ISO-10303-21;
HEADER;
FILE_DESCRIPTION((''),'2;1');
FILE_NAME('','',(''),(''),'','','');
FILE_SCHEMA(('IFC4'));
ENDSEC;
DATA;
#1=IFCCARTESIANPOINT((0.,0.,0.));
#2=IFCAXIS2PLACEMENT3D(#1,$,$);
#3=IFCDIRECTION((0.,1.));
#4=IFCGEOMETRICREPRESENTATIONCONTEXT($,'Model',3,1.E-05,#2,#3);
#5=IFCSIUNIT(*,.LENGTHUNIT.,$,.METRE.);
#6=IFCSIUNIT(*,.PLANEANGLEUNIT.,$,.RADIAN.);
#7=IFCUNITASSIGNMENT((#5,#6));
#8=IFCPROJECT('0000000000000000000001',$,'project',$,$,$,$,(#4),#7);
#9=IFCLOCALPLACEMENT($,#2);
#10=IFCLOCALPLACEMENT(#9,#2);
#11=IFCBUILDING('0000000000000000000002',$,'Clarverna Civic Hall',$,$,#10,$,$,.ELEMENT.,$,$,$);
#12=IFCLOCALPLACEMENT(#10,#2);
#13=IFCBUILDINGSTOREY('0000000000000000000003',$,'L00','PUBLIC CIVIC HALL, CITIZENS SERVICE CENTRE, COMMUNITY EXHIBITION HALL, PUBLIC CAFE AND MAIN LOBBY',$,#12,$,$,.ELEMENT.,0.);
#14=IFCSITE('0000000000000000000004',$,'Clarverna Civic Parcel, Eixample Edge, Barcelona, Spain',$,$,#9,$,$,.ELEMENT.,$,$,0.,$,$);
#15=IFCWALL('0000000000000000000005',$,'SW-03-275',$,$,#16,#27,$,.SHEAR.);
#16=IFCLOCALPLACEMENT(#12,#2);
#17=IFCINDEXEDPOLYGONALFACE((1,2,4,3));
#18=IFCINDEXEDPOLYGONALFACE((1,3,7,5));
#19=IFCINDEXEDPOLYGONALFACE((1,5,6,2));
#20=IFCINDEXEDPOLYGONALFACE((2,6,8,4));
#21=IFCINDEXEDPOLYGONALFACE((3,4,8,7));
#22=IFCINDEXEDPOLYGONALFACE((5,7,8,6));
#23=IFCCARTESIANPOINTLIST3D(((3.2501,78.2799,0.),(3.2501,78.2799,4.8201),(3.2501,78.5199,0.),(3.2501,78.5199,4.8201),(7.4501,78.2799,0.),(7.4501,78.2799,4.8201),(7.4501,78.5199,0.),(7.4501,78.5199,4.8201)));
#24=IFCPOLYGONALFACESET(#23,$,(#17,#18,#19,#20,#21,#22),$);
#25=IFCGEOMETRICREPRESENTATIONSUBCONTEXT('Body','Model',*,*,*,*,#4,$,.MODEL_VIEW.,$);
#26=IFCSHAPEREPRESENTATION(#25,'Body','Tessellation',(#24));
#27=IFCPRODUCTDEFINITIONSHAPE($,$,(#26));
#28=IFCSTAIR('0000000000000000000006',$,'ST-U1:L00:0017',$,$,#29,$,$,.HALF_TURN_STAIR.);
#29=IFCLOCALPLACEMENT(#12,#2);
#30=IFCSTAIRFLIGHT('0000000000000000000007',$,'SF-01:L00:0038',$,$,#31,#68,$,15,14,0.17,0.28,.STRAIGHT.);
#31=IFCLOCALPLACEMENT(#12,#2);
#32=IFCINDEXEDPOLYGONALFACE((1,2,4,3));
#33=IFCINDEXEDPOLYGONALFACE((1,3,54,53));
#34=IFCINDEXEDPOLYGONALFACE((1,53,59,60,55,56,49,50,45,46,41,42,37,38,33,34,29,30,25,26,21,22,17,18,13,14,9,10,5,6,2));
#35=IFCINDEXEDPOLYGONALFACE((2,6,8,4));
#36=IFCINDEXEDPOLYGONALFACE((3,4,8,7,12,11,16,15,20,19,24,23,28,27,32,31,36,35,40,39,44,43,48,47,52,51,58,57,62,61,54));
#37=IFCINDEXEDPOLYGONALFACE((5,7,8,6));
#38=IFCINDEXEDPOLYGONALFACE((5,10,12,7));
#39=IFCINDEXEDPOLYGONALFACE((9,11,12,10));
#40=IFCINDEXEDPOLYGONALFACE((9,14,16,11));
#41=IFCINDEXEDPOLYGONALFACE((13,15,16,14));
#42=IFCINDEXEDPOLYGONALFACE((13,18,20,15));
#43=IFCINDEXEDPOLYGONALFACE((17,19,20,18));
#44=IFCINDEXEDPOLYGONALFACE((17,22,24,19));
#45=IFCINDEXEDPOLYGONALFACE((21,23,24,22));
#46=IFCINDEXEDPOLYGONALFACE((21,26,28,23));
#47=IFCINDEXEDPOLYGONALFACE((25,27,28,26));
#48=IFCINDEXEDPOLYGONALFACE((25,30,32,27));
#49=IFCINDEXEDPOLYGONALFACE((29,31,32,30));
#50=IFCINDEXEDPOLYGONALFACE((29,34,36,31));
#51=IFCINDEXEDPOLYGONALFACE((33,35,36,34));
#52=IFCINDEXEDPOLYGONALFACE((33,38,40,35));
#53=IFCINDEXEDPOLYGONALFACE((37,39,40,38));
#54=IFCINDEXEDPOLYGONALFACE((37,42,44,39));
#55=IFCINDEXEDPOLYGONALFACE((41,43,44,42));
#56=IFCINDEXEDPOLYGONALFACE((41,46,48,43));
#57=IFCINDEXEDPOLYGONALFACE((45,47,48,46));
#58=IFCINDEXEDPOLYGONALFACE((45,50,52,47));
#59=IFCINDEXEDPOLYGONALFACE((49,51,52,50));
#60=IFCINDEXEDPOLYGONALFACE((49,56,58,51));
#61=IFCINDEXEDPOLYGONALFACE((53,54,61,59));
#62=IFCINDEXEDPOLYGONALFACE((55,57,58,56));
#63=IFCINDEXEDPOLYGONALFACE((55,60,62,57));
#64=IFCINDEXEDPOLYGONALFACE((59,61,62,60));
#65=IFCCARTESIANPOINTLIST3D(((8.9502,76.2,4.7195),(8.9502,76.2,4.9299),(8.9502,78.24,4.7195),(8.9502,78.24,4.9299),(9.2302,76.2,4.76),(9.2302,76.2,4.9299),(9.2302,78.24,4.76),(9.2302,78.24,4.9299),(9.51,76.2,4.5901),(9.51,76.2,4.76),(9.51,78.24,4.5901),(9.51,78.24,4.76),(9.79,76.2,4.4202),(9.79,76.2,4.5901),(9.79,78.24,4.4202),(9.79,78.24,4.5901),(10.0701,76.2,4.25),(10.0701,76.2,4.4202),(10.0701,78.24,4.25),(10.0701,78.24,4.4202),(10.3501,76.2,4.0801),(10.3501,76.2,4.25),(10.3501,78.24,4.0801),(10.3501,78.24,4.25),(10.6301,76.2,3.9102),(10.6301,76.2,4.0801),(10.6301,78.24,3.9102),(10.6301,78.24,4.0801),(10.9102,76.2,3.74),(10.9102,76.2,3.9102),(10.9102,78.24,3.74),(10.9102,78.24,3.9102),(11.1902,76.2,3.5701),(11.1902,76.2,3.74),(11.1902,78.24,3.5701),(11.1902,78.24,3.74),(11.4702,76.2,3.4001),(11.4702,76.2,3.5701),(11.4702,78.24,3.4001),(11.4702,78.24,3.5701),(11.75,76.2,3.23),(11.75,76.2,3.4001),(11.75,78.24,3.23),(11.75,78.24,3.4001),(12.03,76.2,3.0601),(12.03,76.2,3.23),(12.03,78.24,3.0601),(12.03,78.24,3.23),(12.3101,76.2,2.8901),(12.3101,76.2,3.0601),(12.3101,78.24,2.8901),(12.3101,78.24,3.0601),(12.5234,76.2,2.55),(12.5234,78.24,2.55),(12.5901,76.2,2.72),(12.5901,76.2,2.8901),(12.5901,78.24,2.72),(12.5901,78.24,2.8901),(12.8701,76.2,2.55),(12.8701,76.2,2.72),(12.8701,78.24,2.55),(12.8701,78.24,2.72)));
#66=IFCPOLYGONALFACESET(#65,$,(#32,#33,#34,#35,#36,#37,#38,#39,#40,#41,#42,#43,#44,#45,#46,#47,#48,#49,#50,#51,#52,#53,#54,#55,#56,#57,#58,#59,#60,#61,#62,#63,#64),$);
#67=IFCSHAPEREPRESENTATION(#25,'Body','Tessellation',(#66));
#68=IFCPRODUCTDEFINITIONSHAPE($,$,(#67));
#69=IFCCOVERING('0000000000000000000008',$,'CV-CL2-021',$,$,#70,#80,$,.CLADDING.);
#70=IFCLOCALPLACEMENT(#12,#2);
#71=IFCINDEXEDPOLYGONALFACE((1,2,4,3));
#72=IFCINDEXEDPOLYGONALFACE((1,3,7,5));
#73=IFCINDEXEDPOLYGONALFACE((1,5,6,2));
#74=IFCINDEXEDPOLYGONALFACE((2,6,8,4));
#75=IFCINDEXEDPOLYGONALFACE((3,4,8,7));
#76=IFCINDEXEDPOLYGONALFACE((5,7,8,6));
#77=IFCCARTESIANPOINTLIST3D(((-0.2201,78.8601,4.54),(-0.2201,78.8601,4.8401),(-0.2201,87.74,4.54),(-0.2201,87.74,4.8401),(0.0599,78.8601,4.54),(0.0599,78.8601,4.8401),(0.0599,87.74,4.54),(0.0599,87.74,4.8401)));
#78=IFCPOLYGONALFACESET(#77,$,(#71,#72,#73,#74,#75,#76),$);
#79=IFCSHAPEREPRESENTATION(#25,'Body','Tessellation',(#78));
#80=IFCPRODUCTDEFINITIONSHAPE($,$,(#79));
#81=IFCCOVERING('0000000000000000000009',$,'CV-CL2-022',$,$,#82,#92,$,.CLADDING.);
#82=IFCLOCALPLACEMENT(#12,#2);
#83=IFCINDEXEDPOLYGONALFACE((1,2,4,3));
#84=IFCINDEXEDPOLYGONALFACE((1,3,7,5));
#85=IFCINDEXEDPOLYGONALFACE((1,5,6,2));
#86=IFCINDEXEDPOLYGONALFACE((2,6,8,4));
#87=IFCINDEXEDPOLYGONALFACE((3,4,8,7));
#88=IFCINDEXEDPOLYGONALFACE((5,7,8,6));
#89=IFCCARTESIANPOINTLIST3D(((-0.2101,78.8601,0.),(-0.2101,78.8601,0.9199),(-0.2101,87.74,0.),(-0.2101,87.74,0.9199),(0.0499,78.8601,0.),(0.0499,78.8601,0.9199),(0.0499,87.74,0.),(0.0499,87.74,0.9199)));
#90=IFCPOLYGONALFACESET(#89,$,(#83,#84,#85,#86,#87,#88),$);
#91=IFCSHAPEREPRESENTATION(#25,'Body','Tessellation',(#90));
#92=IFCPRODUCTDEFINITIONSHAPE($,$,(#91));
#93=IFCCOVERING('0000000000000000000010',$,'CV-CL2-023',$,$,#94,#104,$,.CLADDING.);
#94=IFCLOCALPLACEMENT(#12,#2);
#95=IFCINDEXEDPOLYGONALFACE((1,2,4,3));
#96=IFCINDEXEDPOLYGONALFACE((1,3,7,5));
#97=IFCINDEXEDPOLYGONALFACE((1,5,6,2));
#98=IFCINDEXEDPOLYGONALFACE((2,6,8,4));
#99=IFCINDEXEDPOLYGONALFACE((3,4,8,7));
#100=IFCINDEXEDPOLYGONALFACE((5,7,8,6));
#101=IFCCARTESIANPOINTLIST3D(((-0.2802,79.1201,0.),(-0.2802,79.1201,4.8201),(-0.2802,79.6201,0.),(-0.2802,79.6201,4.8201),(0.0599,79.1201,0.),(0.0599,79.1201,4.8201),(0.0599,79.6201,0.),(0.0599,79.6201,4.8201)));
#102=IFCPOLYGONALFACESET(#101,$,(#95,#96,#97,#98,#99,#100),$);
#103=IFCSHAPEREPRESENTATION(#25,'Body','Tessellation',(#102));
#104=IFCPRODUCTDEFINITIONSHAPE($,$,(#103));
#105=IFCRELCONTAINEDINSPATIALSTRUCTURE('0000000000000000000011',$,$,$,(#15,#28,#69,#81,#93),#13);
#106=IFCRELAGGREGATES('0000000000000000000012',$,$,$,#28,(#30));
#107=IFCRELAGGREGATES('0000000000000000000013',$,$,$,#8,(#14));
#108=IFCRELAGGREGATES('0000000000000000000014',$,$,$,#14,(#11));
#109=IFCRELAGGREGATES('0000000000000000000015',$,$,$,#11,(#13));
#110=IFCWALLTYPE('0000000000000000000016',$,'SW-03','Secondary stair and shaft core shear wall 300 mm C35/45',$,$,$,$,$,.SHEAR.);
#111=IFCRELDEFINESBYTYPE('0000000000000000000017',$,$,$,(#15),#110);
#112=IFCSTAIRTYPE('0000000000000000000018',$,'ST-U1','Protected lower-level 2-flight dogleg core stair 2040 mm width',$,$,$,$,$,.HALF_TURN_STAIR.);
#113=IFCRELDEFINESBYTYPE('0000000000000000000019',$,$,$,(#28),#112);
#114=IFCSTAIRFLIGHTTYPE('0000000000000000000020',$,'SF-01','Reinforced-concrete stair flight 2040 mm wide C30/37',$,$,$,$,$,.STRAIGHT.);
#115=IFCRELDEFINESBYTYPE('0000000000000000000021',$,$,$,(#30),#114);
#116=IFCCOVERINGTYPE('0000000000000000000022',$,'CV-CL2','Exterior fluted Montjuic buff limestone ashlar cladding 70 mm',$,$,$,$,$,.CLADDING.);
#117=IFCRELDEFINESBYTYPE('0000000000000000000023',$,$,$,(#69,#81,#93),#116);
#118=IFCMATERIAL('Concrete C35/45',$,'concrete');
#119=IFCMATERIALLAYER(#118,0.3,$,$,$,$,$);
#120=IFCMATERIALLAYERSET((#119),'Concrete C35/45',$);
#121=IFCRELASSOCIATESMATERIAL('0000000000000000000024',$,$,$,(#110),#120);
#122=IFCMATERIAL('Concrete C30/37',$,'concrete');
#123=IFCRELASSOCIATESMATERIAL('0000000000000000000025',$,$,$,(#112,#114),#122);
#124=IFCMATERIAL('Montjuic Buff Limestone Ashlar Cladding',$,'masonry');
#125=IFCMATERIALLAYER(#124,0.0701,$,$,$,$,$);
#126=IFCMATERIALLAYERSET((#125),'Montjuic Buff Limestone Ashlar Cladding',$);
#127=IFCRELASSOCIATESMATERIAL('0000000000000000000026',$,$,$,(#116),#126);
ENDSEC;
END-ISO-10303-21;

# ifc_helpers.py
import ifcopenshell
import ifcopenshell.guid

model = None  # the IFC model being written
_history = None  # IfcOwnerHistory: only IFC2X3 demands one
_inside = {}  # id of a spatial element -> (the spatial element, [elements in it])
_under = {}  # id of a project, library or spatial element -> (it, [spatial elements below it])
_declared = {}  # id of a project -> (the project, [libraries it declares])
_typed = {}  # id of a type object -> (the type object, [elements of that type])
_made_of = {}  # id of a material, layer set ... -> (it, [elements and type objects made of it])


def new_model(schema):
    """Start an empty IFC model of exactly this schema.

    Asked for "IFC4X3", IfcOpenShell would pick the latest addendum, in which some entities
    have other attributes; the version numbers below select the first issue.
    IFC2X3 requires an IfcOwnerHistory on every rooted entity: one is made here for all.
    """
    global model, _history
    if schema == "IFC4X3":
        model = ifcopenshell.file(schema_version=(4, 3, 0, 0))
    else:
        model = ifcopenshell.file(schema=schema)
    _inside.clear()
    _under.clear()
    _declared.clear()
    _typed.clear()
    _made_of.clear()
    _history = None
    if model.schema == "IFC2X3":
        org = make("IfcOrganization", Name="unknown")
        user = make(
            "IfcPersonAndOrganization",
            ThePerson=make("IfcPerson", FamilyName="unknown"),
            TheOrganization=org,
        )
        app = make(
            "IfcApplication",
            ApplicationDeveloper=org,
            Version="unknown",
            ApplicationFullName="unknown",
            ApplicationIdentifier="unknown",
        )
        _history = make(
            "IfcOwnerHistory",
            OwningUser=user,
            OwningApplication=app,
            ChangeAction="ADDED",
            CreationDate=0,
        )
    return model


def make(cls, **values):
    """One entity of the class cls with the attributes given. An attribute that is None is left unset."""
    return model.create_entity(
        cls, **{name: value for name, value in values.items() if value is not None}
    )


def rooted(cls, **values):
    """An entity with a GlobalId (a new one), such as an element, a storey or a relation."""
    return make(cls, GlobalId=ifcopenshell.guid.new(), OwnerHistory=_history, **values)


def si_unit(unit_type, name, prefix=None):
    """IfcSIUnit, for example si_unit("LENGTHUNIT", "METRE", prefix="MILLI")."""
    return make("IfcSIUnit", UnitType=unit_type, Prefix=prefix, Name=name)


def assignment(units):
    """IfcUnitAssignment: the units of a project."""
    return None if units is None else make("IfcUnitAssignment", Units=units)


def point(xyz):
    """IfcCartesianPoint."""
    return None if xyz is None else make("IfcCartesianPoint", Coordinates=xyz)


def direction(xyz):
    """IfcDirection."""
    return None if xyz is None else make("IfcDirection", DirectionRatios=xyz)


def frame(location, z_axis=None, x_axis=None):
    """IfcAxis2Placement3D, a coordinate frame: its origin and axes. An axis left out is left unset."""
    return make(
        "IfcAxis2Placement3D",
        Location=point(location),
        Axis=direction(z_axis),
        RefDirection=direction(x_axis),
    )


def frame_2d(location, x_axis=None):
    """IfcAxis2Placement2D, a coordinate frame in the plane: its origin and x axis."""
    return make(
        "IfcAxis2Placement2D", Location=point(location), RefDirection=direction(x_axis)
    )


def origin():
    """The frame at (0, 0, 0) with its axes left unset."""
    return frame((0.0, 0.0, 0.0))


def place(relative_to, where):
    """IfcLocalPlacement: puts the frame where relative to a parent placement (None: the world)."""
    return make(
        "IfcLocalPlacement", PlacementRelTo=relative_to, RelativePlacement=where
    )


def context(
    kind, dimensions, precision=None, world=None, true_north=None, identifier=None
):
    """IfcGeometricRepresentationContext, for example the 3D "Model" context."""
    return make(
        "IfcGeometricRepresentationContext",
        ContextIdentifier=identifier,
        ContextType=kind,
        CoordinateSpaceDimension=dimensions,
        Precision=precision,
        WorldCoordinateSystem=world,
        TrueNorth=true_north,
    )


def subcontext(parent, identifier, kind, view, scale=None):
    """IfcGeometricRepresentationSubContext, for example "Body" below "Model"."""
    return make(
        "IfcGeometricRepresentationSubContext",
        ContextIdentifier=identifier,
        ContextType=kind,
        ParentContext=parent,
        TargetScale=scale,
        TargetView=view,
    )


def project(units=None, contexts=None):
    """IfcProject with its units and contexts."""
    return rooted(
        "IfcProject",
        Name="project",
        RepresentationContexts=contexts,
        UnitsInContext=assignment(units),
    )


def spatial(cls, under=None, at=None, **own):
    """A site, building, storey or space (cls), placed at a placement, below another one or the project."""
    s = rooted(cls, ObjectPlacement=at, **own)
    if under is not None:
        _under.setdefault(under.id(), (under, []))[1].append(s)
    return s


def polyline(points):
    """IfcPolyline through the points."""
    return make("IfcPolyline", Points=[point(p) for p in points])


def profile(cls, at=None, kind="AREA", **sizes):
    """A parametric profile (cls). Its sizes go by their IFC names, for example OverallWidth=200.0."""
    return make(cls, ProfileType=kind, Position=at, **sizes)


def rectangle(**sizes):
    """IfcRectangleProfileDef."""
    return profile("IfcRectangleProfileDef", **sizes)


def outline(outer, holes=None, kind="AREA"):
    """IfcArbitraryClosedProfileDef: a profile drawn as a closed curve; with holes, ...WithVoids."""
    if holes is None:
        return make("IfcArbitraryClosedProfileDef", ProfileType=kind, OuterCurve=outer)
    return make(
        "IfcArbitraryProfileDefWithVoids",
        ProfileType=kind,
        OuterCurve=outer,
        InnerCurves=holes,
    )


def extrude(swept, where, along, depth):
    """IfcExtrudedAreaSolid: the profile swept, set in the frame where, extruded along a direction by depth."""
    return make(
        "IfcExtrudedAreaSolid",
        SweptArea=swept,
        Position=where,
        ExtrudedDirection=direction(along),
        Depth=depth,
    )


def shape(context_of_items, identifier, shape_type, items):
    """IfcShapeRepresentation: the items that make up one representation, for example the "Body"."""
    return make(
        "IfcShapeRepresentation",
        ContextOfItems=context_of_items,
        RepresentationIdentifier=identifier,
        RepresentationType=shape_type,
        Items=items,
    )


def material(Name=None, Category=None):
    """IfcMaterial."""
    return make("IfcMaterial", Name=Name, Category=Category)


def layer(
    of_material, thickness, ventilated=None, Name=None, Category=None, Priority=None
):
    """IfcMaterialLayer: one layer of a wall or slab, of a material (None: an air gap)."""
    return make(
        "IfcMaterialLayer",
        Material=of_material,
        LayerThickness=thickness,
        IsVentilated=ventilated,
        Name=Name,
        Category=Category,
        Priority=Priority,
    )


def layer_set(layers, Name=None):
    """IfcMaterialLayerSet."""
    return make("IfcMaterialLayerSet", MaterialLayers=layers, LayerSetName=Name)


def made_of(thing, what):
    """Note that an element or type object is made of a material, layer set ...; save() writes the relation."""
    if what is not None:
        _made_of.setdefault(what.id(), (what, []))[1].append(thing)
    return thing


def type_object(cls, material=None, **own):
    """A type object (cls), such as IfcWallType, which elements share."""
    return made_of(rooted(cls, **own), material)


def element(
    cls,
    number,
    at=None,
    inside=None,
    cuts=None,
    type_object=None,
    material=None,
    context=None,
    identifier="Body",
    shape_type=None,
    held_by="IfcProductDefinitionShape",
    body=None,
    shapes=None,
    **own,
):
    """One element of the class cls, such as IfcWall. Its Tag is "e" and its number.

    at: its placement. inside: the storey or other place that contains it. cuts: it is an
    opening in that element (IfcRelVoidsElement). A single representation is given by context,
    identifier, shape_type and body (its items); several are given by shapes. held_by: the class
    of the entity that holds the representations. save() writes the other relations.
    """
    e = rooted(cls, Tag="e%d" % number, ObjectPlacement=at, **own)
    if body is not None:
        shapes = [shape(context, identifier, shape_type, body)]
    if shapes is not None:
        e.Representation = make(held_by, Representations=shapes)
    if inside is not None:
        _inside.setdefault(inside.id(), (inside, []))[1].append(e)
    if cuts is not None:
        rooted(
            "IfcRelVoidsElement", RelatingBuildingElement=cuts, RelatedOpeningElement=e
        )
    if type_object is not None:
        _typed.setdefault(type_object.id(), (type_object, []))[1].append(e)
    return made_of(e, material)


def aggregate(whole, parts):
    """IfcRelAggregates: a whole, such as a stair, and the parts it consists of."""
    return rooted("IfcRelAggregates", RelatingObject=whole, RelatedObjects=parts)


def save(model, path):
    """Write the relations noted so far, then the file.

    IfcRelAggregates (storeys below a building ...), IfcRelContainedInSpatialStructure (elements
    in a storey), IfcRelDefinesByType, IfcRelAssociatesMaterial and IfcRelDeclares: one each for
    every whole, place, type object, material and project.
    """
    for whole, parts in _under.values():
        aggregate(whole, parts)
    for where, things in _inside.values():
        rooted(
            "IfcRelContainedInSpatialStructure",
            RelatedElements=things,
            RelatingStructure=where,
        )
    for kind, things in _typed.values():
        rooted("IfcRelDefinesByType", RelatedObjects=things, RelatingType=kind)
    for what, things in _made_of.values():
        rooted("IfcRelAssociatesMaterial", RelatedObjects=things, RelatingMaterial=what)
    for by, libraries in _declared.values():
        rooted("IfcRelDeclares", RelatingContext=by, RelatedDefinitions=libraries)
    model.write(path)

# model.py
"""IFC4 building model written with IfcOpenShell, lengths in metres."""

from ifc_helpers import new_model, si_unit, direction, frame, frame_2d, origin, place, context, subcontext, project, spatial, polyline, rectangle, outline, extrude, material, layer, layer_set, type_object, element, aggregate, save


model = new_model("IFC4")

# Units and contexts
model_context = context("Model", 3, precision=1e-05, world=origin(), true_north=direction((0.0, 1.0)))
body_context = subcontext(model_context, "Body", "Model", "MODEL_VIEW")
ifc_project = project(units=[si_unit("LENGTHUNIT", "METRE"), si_unit("PLANEANGLEUNIT", "RADIAN")], contexts=[model_context])

# Site, building, storey
site_placement = place(None, origin())
site = spatial("IfcSite", under=ifc_project, at=site_placement, Name="Clarverna Civic Parcel, Eixample Edge, Barcelona, Spain", CompositionType="ELEMENT", RefElevation=0.0)
building_placement = place(site_placement, origin())
building = spatial("IfcBuilding", under=site, at=building_placement, Name="Clarverna Civic Hall", CompositionType="ELEMENT")
storey_placement = place(building_placement, origin())
storey = spatial("IfcBuildingStorey", under=building, at=storey_placement, Name="L00", Description="PUBLIC CIVIC HALL, CITIZENS SERVICE CENTRE, COMMUNITY EXHIBITION HALL, PUBLIC CAFE AND MAIN LOBBY", CompositionType="ELEMENT", Elevation=0.0)

# Shared definitions
ifc_material_1 = material(Name="Concrete C35/45", Category="concrete")

# Wall
ifc_layer_1 = layer(ifc_material_1, 0.3)
ifc_layer_set_1 = layer_set([ifc_layer_1], Name="Concrete C35/45")
wall_type_1 = type_object("IfcWallType", Name="SW-03", Description="Secondary stair and shaft core shear wall 300 mm C35/45", PredefinedType="SHEAR", material=ifc_layer_set_1)
wall_1_placement = place(storey_placement, frame((3.25, 78.3999, 0.0), z_axis=(0.0, 0.0, 1.0), x_axis=(1.0, 0.0, 0.0)))
element("IfcWall", 1, at=wall_1_placement, inside=storey, type_object=wall_type_1, Name="SW-03-275", PredefinedType="SHEAR", context=body_context, shape_type="SweptSolid", body=[
    extrude(rectangle(XDim=4.2, YDim=0.24, at=frame_2d((2.1001, 0.0))), origin(), (0.0, 0.0, 1.0), 4.8201),
])

# Stair, stair flight
ifc_material_2 = material(Name="Concrete C30/37", Category="concrete")
stair_type = type_object("IfcStairType", Name="ST-U1", Description="Protected lower-level 2-flight dogleg core stair 2040 mm width", PredefinedType="HALF_TURN_STAIR", material=ifc_material_2)
stair_placement = place(storey_placement, origin())
stair = element("IfcStair", 2, at=stair_placement, inside=storey, type_object=stair_type, Name="ST-U1:L00:0017", PredefinedType="HALF_TURN_STAIR")
stair_flight_type = type_object("IfcStairFlightType", Name="SF-01", Description="Reinforced-concrete stair flight 2040 mm wide C30/37", PredefinedType="STRAIGHT", material=ifc_material_2)
stair_flight_placement = place(storey_placement, frame((12.8701, 77.22, 2.55), z_axis=(0.0, 0.0, 1.0), x_axis=(-1.0, 0.0, 0.0)))
stair_flight = element("IfcStairFlight", 3, at=stair_flight_placement, type_object=stair_flight_type, Name="SF-01:L00:0038", NumberOfRisers=15, NumberOfTreads=14, PredefinedType="STRAIGHT", RiserHeight=0.17, TreadLength=0.28, context=body_context, shape_type="SweptSolid", body=[
    extrude(outline(polyline([(0.0, 0.0), (0.0, 0.1699), (0.28, 0.1699), (0.28, 0.3401), (0.5601, 0.3401), (0.5601, 0.51), (0.8401, 0.51), (0.8401, 0.6799), (1.1201, 0.6799), (1.1201, 0.8501), (1.3999, 0.8501), (1.3999, 1.02), (1.6799, 1.02), (1.6799, 1.1899), (1.96, 1.1899), (1.96, 1.3601), (2.24, 1.3601), (2.24, 1.53), (2.52, 1.53), (2.52, 1.7), (2.8, 1.7), (2.8, 1.8701), (3.0801, 1.8701), (3.0801, 2.04), (3.3601, 2.04), (3.3601, 2.21), (3.6399, 2.21), (3.6399, 2.3799), (3.9199, 2.3799), (3.9199, 2.55), (3.9199, 2.1694), (0.3467, 0.0), (0.0, 0.0)])), frame((0.0, 1.02, 0.0), z_axis=(0.0, -1.0, 0.0), x_axis=(1.0, 0.0, 0.0)), (0.0, 0.0, 1.0), 2.04),
])
aggregate(stair, [stair_flight])

# Coverings
ifc_material_3 = material(Name="Montjuic Buff Limestone Ashlar Cladding", Category="masonry")
ifc_layer_2 = layer(ifc_material_3, 0.0701)
ifc_layer_set_2 = layer_set([ifc_layer_2], Name="Montjuic Buff Limestone Ashlar Cladding")
covering_type = type_object("IfcCoveringType", Name="CV-CL2", Description="Exterior fluted Montjuic buff limestone ashlar cladding 70 mm", PredefinedType="CLADDING", material=ifc_layer_set_2)
covering_1_placement = place(storey_placement, frame((-0.0801, 78.8601, 4.54), z_axis=(0.0, 0.0, 1.0), x_axis=(0.0, 1.0, 0.0)))
element("IfcCovering", 4, at=covering_1_placement, inside=storey, type_object=covering_type, Name="CV-CL2-021", PredefinedType="CLADDING", context=body_context, shape_type="SweptSolid", body=[
    extrude(rectangle(XDim=8.8799, YDim=0.28, at=frame_2d((4.4399, 0.0))), origin(), (0.0, 0.0, 1.0), 0.3),
])
covering_2_placement = place(storey_placement, frame((-0.0801, 78.8601, 0.0), z_axis=(0.0, 0.0, 1.0), x_axis=(0.0, 1.0, 0.0)))
element("IfcCovering", 5, at=covering_2_placement, inside=storey, type_object=covering_type, Name="CV-CL2-022", PredefinedType="CLADDING", context=body_context, shape_type="SweptSolid", body=[
    extrude(rectangle(XDim=8.8799, YDim=0.26, at=frame_2d((4.4399, 0.0))), origin(), (0.0, 0.0, 1.0), 0.9199),
])
covering_3_placement = place(storey_placement, frame((-0.1101, 79.1201, 0.0), z_axis=(0.0, 0.0, 1.0), x_axis=(0.0, 1.0, 0.0)))
element("IfcCovering", 6, at=covering_3_placement, inside=storey, type_object=covering_type, Name="CV-CL2-023", PredefinedType="CLADDING", context=body_context, shape_type="SweptSolid", body=[
    extrude(rectangle(XDim=0.5, YDim=0.3401, at=frame_2d((0.25, 0.0))), origin(), (0.0, 0.0, 1.0), 4.8201),
])

save(model, "model.ifc")
